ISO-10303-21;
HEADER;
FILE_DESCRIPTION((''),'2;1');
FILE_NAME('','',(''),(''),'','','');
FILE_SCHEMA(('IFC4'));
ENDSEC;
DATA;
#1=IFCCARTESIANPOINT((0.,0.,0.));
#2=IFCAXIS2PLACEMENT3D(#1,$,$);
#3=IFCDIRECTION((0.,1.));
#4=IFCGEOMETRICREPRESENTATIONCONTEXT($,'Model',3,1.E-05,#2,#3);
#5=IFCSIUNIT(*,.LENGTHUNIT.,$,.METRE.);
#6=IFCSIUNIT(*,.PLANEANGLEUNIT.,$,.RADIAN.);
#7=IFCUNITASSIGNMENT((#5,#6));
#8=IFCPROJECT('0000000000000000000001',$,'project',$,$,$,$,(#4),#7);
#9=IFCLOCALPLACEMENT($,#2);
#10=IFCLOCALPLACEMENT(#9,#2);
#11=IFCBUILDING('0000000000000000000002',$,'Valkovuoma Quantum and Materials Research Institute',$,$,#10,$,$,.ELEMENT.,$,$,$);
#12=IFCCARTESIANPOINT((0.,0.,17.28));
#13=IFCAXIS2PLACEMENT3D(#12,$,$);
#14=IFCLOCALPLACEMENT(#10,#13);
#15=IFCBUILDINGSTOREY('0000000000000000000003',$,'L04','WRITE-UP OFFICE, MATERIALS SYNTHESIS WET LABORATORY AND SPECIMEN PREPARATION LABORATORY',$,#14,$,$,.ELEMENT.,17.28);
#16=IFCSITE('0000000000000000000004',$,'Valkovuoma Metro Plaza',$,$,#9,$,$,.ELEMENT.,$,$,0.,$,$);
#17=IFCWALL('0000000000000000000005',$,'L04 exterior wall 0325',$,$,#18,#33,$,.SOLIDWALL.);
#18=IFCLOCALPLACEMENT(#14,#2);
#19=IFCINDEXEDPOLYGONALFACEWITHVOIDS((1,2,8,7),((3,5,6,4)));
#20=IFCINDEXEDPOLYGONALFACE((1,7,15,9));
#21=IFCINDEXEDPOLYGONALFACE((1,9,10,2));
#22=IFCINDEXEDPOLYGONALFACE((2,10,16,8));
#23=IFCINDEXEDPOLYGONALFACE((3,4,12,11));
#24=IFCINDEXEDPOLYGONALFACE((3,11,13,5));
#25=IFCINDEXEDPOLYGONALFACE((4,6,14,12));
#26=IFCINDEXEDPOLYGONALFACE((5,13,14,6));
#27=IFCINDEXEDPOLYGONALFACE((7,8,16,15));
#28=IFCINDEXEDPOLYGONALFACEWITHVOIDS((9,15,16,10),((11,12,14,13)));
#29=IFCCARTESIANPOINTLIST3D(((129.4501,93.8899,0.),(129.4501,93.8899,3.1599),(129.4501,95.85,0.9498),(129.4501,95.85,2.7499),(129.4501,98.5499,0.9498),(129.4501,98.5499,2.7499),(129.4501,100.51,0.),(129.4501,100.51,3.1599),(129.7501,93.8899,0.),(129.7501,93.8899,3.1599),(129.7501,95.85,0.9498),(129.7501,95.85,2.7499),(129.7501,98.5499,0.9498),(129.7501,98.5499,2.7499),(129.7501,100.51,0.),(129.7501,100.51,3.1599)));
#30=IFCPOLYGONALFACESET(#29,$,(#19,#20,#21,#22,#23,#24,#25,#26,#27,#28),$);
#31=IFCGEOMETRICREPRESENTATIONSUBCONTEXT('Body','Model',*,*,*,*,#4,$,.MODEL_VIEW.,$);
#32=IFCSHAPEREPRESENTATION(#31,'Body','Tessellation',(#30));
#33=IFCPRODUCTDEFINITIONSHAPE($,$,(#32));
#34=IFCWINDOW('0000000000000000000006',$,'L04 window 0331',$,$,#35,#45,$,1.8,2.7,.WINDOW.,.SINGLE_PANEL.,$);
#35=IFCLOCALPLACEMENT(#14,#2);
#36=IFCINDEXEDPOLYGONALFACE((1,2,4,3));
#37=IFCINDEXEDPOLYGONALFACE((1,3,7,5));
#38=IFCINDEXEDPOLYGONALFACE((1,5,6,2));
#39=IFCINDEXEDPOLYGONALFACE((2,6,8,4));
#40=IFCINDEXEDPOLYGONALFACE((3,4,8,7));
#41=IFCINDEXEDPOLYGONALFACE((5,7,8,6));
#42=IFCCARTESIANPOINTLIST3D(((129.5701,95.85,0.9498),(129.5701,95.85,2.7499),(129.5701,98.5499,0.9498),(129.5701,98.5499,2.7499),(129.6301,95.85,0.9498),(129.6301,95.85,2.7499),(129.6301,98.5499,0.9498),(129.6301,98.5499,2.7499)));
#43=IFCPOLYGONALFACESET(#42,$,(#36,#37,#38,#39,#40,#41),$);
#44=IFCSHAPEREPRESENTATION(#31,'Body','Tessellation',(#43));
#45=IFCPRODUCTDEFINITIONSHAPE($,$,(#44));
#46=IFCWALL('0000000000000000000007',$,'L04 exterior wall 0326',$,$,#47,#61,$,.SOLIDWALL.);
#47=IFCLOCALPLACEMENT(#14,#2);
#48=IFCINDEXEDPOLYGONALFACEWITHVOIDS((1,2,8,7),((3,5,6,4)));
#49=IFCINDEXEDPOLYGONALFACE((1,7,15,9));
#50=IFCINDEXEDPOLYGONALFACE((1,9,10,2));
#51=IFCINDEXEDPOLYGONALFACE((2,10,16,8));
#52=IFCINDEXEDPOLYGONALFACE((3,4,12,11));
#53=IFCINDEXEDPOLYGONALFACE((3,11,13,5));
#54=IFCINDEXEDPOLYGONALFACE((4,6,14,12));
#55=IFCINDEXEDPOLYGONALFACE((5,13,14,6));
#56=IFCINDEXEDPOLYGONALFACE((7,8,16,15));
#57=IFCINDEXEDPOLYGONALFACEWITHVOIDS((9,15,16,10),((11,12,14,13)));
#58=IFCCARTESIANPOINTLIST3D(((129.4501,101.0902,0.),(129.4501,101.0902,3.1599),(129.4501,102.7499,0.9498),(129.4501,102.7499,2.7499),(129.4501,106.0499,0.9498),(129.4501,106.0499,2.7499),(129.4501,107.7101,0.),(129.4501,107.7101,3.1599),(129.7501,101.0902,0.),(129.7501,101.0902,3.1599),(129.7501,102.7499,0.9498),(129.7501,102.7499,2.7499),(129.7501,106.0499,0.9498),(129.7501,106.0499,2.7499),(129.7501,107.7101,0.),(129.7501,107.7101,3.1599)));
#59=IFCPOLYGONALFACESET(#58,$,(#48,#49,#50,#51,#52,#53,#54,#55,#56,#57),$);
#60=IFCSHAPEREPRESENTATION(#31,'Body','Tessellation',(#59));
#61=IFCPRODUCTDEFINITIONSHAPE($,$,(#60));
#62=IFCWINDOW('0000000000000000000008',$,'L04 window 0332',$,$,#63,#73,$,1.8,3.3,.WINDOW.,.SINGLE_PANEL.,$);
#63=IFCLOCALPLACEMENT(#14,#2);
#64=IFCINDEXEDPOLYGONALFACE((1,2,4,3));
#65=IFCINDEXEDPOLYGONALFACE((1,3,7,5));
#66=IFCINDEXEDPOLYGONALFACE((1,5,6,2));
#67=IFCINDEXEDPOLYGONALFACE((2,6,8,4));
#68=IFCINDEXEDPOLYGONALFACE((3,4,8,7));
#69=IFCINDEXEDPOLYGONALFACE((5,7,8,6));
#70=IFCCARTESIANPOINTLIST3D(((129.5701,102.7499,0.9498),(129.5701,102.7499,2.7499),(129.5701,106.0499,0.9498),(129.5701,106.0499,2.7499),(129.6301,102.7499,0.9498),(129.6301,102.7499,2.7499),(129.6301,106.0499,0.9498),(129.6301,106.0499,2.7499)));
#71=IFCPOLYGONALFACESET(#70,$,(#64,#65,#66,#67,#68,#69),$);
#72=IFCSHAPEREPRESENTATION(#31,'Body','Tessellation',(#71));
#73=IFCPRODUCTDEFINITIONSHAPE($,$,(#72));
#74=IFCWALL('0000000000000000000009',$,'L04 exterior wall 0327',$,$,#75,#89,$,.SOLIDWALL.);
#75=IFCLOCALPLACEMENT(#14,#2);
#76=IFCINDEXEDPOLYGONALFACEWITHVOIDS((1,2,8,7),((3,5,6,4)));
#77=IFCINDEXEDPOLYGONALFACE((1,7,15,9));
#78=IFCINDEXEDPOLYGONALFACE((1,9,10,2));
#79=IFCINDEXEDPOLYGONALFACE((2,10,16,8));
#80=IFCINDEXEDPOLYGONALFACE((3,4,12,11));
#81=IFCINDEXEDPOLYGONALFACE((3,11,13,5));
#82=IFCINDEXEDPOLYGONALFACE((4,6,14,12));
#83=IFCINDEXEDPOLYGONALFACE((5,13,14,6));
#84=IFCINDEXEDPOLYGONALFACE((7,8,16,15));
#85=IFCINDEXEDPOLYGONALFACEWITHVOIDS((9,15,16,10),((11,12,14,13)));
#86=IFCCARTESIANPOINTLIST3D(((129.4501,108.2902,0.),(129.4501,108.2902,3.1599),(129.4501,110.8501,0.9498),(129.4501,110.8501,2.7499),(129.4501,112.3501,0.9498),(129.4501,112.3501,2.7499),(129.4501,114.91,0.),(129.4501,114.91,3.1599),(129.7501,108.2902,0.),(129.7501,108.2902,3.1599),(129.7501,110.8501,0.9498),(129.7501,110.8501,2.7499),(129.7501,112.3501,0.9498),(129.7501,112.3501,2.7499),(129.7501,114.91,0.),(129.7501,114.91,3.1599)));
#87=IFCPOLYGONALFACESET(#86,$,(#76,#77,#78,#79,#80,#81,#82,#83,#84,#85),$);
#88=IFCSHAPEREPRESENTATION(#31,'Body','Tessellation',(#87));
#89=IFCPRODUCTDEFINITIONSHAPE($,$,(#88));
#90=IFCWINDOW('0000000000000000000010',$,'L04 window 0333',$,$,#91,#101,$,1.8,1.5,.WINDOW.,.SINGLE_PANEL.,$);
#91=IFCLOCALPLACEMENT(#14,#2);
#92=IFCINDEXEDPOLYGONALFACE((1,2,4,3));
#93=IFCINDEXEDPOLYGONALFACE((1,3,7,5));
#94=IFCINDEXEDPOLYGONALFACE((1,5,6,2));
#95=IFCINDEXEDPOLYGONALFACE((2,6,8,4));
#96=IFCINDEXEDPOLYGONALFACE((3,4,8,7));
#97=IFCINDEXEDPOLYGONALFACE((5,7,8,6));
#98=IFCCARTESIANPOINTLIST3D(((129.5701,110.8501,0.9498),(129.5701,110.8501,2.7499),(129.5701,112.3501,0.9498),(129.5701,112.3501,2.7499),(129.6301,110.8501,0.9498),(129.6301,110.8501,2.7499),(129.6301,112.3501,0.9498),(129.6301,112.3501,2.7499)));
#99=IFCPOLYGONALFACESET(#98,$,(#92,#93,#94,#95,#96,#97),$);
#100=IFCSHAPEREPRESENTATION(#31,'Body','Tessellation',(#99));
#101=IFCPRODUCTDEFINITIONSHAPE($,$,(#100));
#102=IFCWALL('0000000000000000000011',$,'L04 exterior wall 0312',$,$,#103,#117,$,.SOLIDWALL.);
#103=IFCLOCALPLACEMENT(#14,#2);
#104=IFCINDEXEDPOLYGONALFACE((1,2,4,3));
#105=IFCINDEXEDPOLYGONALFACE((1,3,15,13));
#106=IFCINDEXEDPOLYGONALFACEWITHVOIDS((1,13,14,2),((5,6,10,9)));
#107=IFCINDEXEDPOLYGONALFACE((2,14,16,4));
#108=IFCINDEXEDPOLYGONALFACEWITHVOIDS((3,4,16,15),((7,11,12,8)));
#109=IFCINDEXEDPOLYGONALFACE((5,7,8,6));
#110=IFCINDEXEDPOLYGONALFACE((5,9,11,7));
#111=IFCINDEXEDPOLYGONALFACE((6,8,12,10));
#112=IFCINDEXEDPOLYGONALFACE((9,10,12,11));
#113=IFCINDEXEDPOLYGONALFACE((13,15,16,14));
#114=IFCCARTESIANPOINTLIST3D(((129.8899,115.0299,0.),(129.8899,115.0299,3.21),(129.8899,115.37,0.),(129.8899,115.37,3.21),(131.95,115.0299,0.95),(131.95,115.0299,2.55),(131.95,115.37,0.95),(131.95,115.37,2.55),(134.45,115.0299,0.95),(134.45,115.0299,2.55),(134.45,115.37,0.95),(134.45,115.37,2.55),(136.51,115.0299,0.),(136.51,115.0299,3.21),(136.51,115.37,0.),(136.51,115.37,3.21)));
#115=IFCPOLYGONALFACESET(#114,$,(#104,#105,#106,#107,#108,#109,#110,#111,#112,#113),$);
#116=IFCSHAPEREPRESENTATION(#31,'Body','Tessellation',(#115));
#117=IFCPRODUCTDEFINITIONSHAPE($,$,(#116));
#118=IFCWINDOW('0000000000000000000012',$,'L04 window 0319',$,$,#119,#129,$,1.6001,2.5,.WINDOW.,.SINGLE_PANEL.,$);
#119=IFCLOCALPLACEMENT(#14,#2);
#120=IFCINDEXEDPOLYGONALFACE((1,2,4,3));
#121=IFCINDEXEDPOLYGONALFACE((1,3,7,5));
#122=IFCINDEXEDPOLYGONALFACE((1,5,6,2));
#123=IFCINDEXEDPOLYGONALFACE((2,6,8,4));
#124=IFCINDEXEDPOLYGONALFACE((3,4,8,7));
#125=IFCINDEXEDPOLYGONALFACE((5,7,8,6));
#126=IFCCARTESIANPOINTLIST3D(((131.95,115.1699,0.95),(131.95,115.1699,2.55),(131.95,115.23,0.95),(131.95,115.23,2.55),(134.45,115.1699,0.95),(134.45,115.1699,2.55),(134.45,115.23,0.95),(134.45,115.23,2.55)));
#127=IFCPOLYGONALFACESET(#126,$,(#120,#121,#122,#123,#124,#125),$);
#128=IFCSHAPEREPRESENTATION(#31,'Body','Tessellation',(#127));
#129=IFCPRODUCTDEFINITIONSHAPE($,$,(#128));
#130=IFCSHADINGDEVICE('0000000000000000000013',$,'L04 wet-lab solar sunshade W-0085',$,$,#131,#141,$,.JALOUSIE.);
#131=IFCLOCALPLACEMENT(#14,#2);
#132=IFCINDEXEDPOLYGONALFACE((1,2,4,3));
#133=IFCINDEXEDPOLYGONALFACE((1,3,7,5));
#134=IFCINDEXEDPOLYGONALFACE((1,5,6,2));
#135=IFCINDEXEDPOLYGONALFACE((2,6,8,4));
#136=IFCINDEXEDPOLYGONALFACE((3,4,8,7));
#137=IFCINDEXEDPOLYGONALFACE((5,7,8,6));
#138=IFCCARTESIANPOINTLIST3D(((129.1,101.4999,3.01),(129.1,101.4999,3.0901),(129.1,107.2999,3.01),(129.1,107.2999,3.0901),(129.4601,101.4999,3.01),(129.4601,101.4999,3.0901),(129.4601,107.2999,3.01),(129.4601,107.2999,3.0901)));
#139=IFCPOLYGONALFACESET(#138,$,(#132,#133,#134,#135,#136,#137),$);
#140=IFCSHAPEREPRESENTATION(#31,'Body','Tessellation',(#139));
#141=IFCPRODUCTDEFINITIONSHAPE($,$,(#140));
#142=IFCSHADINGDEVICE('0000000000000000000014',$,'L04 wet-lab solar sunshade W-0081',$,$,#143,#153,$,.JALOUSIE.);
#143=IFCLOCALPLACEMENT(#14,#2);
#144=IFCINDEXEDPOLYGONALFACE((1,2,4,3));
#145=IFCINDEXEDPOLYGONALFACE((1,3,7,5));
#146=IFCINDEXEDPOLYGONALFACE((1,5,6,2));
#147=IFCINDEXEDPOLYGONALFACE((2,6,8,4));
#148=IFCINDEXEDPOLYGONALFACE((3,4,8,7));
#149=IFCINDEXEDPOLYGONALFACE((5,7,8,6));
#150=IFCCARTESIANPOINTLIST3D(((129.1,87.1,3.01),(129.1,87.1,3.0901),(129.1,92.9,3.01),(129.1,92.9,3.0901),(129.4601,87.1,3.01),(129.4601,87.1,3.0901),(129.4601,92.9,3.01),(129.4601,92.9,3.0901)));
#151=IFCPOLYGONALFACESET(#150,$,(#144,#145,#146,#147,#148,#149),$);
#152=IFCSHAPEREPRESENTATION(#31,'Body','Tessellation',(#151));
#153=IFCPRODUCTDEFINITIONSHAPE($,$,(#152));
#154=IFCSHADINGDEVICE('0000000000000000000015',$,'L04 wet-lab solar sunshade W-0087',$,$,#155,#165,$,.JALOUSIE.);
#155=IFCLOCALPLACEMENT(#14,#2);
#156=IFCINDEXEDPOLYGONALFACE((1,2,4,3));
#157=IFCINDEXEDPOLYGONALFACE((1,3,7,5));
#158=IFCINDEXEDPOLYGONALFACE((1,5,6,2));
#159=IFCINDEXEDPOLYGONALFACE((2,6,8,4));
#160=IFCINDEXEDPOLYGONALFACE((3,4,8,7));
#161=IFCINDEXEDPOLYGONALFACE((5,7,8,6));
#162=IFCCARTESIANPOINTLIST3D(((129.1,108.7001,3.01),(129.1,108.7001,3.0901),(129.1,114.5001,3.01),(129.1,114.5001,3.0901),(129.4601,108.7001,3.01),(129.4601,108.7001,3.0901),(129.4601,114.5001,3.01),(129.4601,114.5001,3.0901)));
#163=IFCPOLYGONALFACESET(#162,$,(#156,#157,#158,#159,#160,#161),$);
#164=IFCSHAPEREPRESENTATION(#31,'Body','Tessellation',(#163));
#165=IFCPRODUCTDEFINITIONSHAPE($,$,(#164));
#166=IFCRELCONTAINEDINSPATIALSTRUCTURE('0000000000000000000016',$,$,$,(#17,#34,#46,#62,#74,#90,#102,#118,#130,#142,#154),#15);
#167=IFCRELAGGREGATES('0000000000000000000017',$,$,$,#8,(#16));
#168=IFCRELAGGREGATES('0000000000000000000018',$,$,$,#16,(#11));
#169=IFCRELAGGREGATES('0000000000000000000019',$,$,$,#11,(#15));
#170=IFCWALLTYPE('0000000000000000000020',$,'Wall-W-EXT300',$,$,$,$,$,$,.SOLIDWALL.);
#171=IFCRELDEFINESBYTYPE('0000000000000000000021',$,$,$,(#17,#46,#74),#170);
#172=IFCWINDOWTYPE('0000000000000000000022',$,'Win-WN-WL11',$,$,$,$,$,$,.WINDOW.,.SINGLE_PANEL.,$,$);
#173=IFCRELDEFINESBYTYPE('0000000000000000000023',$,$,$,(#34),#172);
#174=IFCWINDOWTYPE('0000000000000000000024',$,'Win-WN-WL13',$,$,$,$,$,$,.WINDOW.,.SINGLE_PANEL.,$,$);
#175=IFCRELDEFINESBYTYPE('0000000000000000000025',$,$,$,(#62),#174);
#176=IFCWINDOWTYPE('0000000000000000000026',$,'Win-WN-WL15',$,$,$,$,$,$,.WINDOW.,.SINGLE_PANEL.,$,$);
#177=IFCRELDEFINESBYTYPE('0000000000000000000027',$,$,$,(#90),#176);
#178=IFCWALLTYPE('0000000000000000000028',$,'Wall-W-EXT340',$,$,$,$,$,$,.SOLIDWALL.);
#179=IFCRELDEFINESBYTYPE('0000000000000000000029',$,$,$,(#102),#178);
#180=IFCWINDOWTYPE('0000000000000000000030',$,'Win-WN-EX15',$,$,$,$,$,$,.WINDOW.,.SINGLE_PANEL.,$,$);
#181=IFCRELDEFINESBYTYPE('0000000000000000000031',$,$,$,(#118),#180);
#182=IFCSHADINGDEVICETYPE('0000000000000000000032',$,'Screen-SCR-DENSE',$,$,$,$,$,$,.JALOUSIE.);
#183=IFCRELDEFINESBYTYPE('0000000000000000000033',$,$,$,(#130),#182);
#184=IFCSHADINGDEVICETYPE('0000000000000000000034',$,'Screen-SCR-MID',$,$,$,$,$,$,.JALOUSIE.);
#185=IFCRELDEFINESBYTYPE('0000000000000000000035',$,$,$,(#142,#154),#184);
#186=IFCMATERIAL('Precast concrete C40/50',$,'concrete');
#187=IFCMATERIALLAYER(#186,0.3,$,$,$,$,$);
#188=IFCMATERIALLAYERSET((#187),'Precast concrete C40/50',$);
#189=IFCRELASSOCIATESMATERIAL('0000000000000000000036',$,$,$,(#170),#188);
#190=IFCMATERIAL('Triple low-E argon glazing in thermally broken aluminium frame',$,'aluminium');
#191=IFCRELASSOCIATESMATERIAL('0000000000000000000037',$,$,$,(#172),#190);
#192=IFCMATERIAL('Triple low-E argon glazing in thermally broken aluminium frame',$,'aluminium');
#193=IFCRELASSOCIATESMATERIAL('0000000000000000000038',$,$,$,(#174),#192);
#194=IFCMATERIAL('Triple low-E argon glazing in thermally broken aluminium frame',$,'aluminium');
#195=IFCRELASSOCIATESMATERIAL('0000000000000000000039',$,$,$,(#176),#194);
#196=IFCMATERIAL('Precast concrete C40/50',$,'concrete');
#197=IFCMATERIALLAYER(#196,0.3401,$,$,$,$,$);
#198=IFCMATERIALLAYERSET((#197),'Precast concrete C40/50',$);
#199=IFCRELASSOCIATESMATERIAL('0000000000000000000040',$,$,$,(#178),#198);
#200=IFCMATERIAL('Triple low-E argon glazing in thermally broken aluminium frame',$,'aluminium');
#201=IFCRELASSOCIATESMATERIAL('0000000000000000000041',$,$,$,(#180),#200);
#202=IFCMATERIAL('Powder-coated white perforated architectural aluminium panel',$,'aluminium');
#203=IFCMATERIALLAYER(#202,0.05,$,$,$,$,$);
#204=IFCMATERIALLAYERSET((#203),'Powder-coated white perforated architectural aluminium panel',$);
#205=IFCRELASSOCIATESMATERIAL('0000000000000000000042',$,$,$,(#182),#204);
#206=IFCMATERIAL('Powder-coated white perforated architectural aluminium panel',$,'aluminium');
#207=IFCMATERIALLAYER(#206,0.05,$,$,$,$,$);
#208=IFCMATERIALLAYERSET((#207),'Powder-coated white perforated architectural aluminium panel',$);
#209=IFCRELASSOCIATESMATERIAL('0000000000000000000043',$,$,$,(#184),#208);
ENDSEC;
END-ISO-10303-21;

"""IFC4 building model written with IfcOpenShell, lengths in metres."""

from ifc_helpers import new_model, si_unit, direction, frame, frame_2d, origin, origin_2d, place, context, subcontext, project, spatial, rectangle, extrude, material, layer, layer_set, type_object, element, fill, save


model = new_model("IFC4")

# Units and contexts
model_context = context("Model", 3, precision=1e-05, world=origin(), true_north=direction((0.0, 1.0)))
body_context = subcontext(model_context, "Body", "Model", "MODEL_VIEW")
ifc_project = project(units=[si_unit("LENGTHUNIT", "METRE"), si_unit("PLANEANGLEUNIT", "RADIAN")], contexts=[model_context])

# Site, building, storey
site_placement = place(None, origin())
site = spatial("IfcSite", under=ifc_project, at=site_placement, Name="Valkovuoma Metro Plaza", CompositionType="ELEMENT", RefElevation=0.0)
building_placement = place(site_placement, origin())
building = spatial("IfcBuilding", under=site, at=building_placement, Name="Valkovuoma Quantum and Materials Research Institute", CompositionType="ELEMENT")
storey_placement = place(building_placement, frame((0.0, 0.0, 17.28)))
storey = spatial("IfcBuildingStorey", under=building, at=storey_placement, Name="L04", Description="WRITE-UP OFFICE, MATERIALS SYNTHESIS WET LABORATORY AND SPECIMEN PREPARATION LABORATORY", CompositionType="ELEMENT", Elevation=17.28)

# Walls, openings, windows
ifc_material_1 = material(Name="Precast concrete C40/50", Category="concrete")
ifc_layer_1 = layer(ifc_material_1, 0.3)
ifc_layer_set_1 = layer_set([ifc_layer_1], Name="Precast concrete C40/50")
wall_type_1 = type_object("IfcWallType", Name="Wall-W-EXT300", PredefinedType="SOLIDWALL", material=ifc_layer_set_1)
wall_1_placement = place(storey_placement, frame((129.6001, 93.8899, 0.0), z_axis=(0.0, 0.0, 1.0), x_axis=(0.0, 1.0, 0.0)))
wall_1 = element("IfcWall", 1, at=wall_1_placement, inside=storey, type_object=wall_type_1, Name="L04 exterior wall 0325", PredefinedType="SOLIDWALL", context=body_context, shape_type="SweptSolid", body=[
    extrude(rectangle(XDim=6.6201, YDim=0.3, at=frame_2d((3.3101, 0.0))), origin(), (0.0, 0.0, 1.0), 3.1599),
])
opening_1_placement = place(wall_1_placement, frame((1.96, 0.0, 0.95)))
opening_1 = element("IfcOpeningElement", 2, at=opening_1_placement, cuts=wall_1, PredefinedType="OPENING", context=body_context, shape_type="SweptSolid", body=[
    extrude(rectangle(XDim=2.7, YDim=1.8, at=frame_2d((1.3501, 0.8999))), frame((0.0, 0.1602, 0.0), z_axis=(0.0, -1.0, 0.0), x_axis=(1.0, 0.0, 0.0)), (0.0, 0.0, 1.0), 0.3201),
])
ifc_material_2 = material(Name="Triple low-E argon glazing in thermally broken aluminium frame", Category="aluminium")
window_type_1 = type_object("IfcWindowType", Name="Win-WN-WL11", PartitioningType="SINGLE_PANEL", PredefinedType="WINDOW", material=ifc_material_2)
window_1_placement = place(opening_1_placement, origin())
window_1 = element("IfcWindow", 3, at=window_1_placement, inside=storey, type_object=window_type_1, Name="L04 window 0331", OverallHeight=1.8, OverallWidth=2.7, PartitioningType="SINGLE_PANEL", PredefinedType="WINDOW", context=body_context, shape_type="SweptSolid", body=[
    extrude(rectangle(XDim=2.7, YDim=1.8, at=frame_2d((1.3501, 0.8999))), frame((0.0, 0.03, 0.0), z_axis=(0.0, -1.0, 0.0), x_axis=(1.0, 0.0, 0.0)), (0.0, 0.0, 1.0), 0.0601),
])
fill(opening_1, window_1)
wall_2_placement = place(storey_placement, frame((129.6001, 101.0901, 0.0), z_axis=(0.0, 0.0, 1.0), x_axis=(0.0, 1.0, 0.0)))
wall_2 = element("IfcWall", 4, at=wall_2_placement, inside=storey, type_object=wall_type_1, Name="L04 exterior wall 0326", PredefinedType="SOLIDWALL", context=body_context, shape_type="SweptSolid", body=[
    extrude(rectangle(XDim=6.6199, YDim=0.3, at=frame_2d((3.3101, 0.0))), origin(), (0.0, 0.0, 1.0), 3.1599),
])
opening_2_placement = place(wall_2_placement, frame((1.6599, 0.0, 0.95)))
opening_2 = element("IfcOpeningElement", 5, at=opening_2_placement, cuts=wall_2, PredefinedType="OPENING", context=body_context, shape_type="SweptSolid", body=[
    extrude(rectangle(XDim=3.3, YDim=1.8, at=frame_2d((1.6499, 0.8999))), frame((0.0, 0.1602, 0.0), z_axis=(0.0, -1.0, 0.0), x_axis=(1.0, 0.0, 0.0)), (0.0, 0.0, 1.0), 0.3201),
])
ifc_material_3 = material(Name="Triple low-E argon glazing in thermally broken aluminium frame", Category="aluminium")
window_type_2 = type_object("IfcWindowType", Name="Win-WN-WL13", PartitioningType="SINGLE_PANEL", PredefinedType="WINDOW", material=ifc_material_3)
window_2_placement = place(opening_2_placement, origin())
window_2 = element("IfcWindow", 6, at=window_2_placement, inside=storey, type_object=window_type_2, Name="L04 window 0332", OverallHeight=1.8, OverallWidth=3.3, PartitioningType="SINGLE_PANEL", PredefinedType="WINDOW", context=body_context, shape_type="SweptSolid", body=[
    extrude(rectangle(XDim=3.3, YDim=1.8, at=frame_2d((1.6499, 0.8999))), frame((0.0, 0.03, 0.0), z_axis=(0.0, -1.0, 0.0), x_axis=(1.0, 0.0, 0.0)), (0.0, 0.0, 1.0), 0.0601),
])
fill(opening_2, window_2)
wall_3_placement = place(storey_placement, frame((129.6001, 108.29, 0.0), z_axis=(0.0, 0.0, 1.0), x_axis=(0.0, 1.0, 0.0)))
wall_3 = element("IfcWall", 7, at=wall_3_placement, inside=storey, type_object=wall_type_1, Name="L04 exterior wall 0327", PredefinedType="SOLIDWALL", context=body_context, shape_type="SweptSolid", body=[
    extrude(rectangle(XDim=6.6199, YDim=0.3, at=frame_2d((3.3101, 0.0))), origin(), (0.0, 0.0, 1.0), 3.1599),
])
opening_3_placement = place(wall_3_placement, frame((2.5601, 0.0, 0.95)))
opening_3 = element("IfcOpeningElement", 8, at=opening_3_placement, cuts=wall_3, PredefinedType="OPENING", context=body_context, shape_type="SweptSolid", body=[
    extrude(rectangle(XDim=1.5, YDim=1.8, at=frame_2d((0.75, 0.8999))), frame((0.0, 0.1602, 0.0), z_axis=(0.0, -1.0, 0.0), x_axis=(1.0, 0.0, 0.0)), (0.0, 0.0, 1.0), 0.3201),
])
ifc_material_4 = material(Name="Triple low-E argon glazing in thermally broken aluminium frame", Category="aluminium")
window_type_3 = type_object("IfcWindowType", Name="Win-WN-WL15", PartitioningType="SINGLE_PANEL", PredefinedType="WINDOW", material=ifc_material_4)
window_3_placement = place(opening_3_placement, origin())
window_3 = element("IfcWindow", 9, at=window_3_placement, inside=storey, type_object=window_type_3, Name="L04 window 0333", OverallHeight=1.8, OverallWidth=1.5, PartitioningType="SINGLE_PANEL", PredefinedType="WINDOW", context=body_context, shape_type="SweptSolid", body=[
    extrude(rectangle(XDim=1.5, YDim=1.8, at=frame_2d((0.75, 0.8999))), frame((0.0, 0.03, 0.0), z_axis=(0.0, -1.0, 0.0), x_axis=(1.0, 0.0, 0.0)), (0.0, 0.0, 1.0), 0.0601),
])
fill(opening_3, window_3)
ifc_material_5 = material(Name="Precast concrete C40/50", Category="concrete")
ifc_layer_2 = layer(ifc_material_5, 0.3401)
ifc_layer_set_2 = layer_set([ifc_layer_2], Name="Precast concrete C40/50")
wall_type_2 = type_object("IfcWallType", Name="Wall-W-EXT340", PredefinedType="SOLIDWALL", material=ifc_layer_set_2)
wall_4_placement = place(storey_placement, frame((129.8899, 115.2, 0.0), z_axis=(0.0, 0.0, 1.0), x_axis=(1.0, 0.0, 0.0)))
wall_4 = element("IfcWall", 10, at=wall_4_placement, inside=storey, type_object=wall_type_2, Name="L04 exterior wall 0312", PredefinedType="SOLIDWALL", context=body_context, shape_type="SweptSolid", body=[
    extrude(rectangle(XDim=6.6201, YDim=0.3401, at=frame_2d((3.3101, 0.0))), origin(), (0.0, 0.0, 1.0), 3.21),
])
opening_4_placement = place(wall_4_placement, frame((2.0601, 0.0, 0.95)))
opening_4 = element("IfcOpeningElement", 11, at=opening_4_placement, cuts=wall_4, PredefinedType="OPENING", context=body_context, shape_type="SweptSolid", body=[
    extrude(rectangle(XDim=2.5, YDim=1.6001, at=frame_2d((1.25, 0.8))), frame((0.0, 0.1802, 0.0), z_axis=(0.0, -1.0, 0.0), x_axis=(1.0, 0.0, 0.0)), (0.0, 0.0, 1.0), 0.3601),
])
ifc_material_6 = material(Name="Triple low-E argon glazing in thermally broken aluminium frame", Category="aluminium")
window_type_4 = type_object("IfcWindowType", Name="Win-WN-EX15", PartitioningType="SINGLE_PANEL", PredefinedType="WINDOW", material=ifc_material_6)
window_4_placement = place(opening_4_placement, origin())
window_4 = element("IfcWindow", 12, at=window_4_placement, inside=storey, type_object=window_type_4, Name="L04 window 0319", OverallHeight=1.6001, OverallWidth=2.5, PartitioningType="SINGLE_PANEL", PredefinedType="WINDOW", context=body_context, shape_type="SweptSolid", body=[
    extrude(rectangle(XDim=2.5, YDim=1.6001, at=frame_2d((1.25, 0.8))), frame((0.0, 0.03, 0.0), z_axis=(0.0, -1.0, 0.0), x_axis=(1.0, 0.0, 0.0)), (0.0, 0.0, 1.0), 0.0601),
])
fill(opening_4, window_4)

# Shading devices
ifc_material_7 = material(Name="Powder-coated white perforated architectural aluminium panel", Category="aluminium")
ifc_layer_3 = layer(ifc_material_7, 0.05)
ifc_layer_set_3 = layer_set([ifc_layer_3], Name="Powder-coated white perforated architectural aluminium panel")
shading_device_type_1 = type_object("IfcShadingDeviceType", Name="Screen-SCR-DENSE", PredefinedType="JALOUSIE", material=ifc_layer_set_3)
shading_device_1_placement = place(storey_placement, frame((129.28, 104.3999, 3.01), z_axis=(0.0, 0.0, 1.0), x_axis=(1.0, 0.0, 0.0)))
element("IfcShadingDevice", 13, at=shading_device_1_placement, inside=storey, type_object=shading_device_type_1, Name="L04 wet-lab solar sunshade W-0085", PredefinedType="JALOUSIE", context=body_context, shape_type="SweptSolid", body=[
    extrude(rectangle(XDim=0.3601, YDim=5.8, at=origin_2d()), origin(), (0.0, 0.0, 1.0), 0.0801),
])
ifc_material_8 = material(Name="Powder-coated white perforated architectural aluminium panel", Category="aluminium")
ifc_layer_4 = layer(ifc_material_8, 0.05)
ifc_layer_set_4 = layer_set([ifc_layer_4], Name="Powder-coated white perforated architectural aluminium panel")
shading_device_type_2 = type_object("IfcShadingDeviceType", Name="Screen-SCR-MID", PredefinedType="JALOUSIE", material=ifc_layer_set_4)
for number, where, z_axis, x_axis, name in (
    (14, (129.28, 90.0, 3.01), (0.0, 0.0, 1.0), (1.0, 0.0, 0.0), "L04 wet-lab solar sunshade W-0081"),
    (15, (129.28, 111.6001, 3.01), (0.0, 0.0, 1.0), (1.0, 0.0, 0.0), "L04 wet-lab solar sunshade W-0087"),
):
    element("IfcShadingDevice", number, at=place(storey_placement, frame(where, z_axis=z_axis, x_axis=x_axis)), inside=storey, type_object=shading_device_type_2, Name=name, PredefinedType="JALOUSIE", context=body_context, shape_type="SweptSolid", body=[
        extrude(rectangle(XDim=0.3601, YDim=5.8, at=origin_2d()), origin(), (0.0, 0.0, 1.0), 0.0801),
    ])

save(model, "model.ifc")
